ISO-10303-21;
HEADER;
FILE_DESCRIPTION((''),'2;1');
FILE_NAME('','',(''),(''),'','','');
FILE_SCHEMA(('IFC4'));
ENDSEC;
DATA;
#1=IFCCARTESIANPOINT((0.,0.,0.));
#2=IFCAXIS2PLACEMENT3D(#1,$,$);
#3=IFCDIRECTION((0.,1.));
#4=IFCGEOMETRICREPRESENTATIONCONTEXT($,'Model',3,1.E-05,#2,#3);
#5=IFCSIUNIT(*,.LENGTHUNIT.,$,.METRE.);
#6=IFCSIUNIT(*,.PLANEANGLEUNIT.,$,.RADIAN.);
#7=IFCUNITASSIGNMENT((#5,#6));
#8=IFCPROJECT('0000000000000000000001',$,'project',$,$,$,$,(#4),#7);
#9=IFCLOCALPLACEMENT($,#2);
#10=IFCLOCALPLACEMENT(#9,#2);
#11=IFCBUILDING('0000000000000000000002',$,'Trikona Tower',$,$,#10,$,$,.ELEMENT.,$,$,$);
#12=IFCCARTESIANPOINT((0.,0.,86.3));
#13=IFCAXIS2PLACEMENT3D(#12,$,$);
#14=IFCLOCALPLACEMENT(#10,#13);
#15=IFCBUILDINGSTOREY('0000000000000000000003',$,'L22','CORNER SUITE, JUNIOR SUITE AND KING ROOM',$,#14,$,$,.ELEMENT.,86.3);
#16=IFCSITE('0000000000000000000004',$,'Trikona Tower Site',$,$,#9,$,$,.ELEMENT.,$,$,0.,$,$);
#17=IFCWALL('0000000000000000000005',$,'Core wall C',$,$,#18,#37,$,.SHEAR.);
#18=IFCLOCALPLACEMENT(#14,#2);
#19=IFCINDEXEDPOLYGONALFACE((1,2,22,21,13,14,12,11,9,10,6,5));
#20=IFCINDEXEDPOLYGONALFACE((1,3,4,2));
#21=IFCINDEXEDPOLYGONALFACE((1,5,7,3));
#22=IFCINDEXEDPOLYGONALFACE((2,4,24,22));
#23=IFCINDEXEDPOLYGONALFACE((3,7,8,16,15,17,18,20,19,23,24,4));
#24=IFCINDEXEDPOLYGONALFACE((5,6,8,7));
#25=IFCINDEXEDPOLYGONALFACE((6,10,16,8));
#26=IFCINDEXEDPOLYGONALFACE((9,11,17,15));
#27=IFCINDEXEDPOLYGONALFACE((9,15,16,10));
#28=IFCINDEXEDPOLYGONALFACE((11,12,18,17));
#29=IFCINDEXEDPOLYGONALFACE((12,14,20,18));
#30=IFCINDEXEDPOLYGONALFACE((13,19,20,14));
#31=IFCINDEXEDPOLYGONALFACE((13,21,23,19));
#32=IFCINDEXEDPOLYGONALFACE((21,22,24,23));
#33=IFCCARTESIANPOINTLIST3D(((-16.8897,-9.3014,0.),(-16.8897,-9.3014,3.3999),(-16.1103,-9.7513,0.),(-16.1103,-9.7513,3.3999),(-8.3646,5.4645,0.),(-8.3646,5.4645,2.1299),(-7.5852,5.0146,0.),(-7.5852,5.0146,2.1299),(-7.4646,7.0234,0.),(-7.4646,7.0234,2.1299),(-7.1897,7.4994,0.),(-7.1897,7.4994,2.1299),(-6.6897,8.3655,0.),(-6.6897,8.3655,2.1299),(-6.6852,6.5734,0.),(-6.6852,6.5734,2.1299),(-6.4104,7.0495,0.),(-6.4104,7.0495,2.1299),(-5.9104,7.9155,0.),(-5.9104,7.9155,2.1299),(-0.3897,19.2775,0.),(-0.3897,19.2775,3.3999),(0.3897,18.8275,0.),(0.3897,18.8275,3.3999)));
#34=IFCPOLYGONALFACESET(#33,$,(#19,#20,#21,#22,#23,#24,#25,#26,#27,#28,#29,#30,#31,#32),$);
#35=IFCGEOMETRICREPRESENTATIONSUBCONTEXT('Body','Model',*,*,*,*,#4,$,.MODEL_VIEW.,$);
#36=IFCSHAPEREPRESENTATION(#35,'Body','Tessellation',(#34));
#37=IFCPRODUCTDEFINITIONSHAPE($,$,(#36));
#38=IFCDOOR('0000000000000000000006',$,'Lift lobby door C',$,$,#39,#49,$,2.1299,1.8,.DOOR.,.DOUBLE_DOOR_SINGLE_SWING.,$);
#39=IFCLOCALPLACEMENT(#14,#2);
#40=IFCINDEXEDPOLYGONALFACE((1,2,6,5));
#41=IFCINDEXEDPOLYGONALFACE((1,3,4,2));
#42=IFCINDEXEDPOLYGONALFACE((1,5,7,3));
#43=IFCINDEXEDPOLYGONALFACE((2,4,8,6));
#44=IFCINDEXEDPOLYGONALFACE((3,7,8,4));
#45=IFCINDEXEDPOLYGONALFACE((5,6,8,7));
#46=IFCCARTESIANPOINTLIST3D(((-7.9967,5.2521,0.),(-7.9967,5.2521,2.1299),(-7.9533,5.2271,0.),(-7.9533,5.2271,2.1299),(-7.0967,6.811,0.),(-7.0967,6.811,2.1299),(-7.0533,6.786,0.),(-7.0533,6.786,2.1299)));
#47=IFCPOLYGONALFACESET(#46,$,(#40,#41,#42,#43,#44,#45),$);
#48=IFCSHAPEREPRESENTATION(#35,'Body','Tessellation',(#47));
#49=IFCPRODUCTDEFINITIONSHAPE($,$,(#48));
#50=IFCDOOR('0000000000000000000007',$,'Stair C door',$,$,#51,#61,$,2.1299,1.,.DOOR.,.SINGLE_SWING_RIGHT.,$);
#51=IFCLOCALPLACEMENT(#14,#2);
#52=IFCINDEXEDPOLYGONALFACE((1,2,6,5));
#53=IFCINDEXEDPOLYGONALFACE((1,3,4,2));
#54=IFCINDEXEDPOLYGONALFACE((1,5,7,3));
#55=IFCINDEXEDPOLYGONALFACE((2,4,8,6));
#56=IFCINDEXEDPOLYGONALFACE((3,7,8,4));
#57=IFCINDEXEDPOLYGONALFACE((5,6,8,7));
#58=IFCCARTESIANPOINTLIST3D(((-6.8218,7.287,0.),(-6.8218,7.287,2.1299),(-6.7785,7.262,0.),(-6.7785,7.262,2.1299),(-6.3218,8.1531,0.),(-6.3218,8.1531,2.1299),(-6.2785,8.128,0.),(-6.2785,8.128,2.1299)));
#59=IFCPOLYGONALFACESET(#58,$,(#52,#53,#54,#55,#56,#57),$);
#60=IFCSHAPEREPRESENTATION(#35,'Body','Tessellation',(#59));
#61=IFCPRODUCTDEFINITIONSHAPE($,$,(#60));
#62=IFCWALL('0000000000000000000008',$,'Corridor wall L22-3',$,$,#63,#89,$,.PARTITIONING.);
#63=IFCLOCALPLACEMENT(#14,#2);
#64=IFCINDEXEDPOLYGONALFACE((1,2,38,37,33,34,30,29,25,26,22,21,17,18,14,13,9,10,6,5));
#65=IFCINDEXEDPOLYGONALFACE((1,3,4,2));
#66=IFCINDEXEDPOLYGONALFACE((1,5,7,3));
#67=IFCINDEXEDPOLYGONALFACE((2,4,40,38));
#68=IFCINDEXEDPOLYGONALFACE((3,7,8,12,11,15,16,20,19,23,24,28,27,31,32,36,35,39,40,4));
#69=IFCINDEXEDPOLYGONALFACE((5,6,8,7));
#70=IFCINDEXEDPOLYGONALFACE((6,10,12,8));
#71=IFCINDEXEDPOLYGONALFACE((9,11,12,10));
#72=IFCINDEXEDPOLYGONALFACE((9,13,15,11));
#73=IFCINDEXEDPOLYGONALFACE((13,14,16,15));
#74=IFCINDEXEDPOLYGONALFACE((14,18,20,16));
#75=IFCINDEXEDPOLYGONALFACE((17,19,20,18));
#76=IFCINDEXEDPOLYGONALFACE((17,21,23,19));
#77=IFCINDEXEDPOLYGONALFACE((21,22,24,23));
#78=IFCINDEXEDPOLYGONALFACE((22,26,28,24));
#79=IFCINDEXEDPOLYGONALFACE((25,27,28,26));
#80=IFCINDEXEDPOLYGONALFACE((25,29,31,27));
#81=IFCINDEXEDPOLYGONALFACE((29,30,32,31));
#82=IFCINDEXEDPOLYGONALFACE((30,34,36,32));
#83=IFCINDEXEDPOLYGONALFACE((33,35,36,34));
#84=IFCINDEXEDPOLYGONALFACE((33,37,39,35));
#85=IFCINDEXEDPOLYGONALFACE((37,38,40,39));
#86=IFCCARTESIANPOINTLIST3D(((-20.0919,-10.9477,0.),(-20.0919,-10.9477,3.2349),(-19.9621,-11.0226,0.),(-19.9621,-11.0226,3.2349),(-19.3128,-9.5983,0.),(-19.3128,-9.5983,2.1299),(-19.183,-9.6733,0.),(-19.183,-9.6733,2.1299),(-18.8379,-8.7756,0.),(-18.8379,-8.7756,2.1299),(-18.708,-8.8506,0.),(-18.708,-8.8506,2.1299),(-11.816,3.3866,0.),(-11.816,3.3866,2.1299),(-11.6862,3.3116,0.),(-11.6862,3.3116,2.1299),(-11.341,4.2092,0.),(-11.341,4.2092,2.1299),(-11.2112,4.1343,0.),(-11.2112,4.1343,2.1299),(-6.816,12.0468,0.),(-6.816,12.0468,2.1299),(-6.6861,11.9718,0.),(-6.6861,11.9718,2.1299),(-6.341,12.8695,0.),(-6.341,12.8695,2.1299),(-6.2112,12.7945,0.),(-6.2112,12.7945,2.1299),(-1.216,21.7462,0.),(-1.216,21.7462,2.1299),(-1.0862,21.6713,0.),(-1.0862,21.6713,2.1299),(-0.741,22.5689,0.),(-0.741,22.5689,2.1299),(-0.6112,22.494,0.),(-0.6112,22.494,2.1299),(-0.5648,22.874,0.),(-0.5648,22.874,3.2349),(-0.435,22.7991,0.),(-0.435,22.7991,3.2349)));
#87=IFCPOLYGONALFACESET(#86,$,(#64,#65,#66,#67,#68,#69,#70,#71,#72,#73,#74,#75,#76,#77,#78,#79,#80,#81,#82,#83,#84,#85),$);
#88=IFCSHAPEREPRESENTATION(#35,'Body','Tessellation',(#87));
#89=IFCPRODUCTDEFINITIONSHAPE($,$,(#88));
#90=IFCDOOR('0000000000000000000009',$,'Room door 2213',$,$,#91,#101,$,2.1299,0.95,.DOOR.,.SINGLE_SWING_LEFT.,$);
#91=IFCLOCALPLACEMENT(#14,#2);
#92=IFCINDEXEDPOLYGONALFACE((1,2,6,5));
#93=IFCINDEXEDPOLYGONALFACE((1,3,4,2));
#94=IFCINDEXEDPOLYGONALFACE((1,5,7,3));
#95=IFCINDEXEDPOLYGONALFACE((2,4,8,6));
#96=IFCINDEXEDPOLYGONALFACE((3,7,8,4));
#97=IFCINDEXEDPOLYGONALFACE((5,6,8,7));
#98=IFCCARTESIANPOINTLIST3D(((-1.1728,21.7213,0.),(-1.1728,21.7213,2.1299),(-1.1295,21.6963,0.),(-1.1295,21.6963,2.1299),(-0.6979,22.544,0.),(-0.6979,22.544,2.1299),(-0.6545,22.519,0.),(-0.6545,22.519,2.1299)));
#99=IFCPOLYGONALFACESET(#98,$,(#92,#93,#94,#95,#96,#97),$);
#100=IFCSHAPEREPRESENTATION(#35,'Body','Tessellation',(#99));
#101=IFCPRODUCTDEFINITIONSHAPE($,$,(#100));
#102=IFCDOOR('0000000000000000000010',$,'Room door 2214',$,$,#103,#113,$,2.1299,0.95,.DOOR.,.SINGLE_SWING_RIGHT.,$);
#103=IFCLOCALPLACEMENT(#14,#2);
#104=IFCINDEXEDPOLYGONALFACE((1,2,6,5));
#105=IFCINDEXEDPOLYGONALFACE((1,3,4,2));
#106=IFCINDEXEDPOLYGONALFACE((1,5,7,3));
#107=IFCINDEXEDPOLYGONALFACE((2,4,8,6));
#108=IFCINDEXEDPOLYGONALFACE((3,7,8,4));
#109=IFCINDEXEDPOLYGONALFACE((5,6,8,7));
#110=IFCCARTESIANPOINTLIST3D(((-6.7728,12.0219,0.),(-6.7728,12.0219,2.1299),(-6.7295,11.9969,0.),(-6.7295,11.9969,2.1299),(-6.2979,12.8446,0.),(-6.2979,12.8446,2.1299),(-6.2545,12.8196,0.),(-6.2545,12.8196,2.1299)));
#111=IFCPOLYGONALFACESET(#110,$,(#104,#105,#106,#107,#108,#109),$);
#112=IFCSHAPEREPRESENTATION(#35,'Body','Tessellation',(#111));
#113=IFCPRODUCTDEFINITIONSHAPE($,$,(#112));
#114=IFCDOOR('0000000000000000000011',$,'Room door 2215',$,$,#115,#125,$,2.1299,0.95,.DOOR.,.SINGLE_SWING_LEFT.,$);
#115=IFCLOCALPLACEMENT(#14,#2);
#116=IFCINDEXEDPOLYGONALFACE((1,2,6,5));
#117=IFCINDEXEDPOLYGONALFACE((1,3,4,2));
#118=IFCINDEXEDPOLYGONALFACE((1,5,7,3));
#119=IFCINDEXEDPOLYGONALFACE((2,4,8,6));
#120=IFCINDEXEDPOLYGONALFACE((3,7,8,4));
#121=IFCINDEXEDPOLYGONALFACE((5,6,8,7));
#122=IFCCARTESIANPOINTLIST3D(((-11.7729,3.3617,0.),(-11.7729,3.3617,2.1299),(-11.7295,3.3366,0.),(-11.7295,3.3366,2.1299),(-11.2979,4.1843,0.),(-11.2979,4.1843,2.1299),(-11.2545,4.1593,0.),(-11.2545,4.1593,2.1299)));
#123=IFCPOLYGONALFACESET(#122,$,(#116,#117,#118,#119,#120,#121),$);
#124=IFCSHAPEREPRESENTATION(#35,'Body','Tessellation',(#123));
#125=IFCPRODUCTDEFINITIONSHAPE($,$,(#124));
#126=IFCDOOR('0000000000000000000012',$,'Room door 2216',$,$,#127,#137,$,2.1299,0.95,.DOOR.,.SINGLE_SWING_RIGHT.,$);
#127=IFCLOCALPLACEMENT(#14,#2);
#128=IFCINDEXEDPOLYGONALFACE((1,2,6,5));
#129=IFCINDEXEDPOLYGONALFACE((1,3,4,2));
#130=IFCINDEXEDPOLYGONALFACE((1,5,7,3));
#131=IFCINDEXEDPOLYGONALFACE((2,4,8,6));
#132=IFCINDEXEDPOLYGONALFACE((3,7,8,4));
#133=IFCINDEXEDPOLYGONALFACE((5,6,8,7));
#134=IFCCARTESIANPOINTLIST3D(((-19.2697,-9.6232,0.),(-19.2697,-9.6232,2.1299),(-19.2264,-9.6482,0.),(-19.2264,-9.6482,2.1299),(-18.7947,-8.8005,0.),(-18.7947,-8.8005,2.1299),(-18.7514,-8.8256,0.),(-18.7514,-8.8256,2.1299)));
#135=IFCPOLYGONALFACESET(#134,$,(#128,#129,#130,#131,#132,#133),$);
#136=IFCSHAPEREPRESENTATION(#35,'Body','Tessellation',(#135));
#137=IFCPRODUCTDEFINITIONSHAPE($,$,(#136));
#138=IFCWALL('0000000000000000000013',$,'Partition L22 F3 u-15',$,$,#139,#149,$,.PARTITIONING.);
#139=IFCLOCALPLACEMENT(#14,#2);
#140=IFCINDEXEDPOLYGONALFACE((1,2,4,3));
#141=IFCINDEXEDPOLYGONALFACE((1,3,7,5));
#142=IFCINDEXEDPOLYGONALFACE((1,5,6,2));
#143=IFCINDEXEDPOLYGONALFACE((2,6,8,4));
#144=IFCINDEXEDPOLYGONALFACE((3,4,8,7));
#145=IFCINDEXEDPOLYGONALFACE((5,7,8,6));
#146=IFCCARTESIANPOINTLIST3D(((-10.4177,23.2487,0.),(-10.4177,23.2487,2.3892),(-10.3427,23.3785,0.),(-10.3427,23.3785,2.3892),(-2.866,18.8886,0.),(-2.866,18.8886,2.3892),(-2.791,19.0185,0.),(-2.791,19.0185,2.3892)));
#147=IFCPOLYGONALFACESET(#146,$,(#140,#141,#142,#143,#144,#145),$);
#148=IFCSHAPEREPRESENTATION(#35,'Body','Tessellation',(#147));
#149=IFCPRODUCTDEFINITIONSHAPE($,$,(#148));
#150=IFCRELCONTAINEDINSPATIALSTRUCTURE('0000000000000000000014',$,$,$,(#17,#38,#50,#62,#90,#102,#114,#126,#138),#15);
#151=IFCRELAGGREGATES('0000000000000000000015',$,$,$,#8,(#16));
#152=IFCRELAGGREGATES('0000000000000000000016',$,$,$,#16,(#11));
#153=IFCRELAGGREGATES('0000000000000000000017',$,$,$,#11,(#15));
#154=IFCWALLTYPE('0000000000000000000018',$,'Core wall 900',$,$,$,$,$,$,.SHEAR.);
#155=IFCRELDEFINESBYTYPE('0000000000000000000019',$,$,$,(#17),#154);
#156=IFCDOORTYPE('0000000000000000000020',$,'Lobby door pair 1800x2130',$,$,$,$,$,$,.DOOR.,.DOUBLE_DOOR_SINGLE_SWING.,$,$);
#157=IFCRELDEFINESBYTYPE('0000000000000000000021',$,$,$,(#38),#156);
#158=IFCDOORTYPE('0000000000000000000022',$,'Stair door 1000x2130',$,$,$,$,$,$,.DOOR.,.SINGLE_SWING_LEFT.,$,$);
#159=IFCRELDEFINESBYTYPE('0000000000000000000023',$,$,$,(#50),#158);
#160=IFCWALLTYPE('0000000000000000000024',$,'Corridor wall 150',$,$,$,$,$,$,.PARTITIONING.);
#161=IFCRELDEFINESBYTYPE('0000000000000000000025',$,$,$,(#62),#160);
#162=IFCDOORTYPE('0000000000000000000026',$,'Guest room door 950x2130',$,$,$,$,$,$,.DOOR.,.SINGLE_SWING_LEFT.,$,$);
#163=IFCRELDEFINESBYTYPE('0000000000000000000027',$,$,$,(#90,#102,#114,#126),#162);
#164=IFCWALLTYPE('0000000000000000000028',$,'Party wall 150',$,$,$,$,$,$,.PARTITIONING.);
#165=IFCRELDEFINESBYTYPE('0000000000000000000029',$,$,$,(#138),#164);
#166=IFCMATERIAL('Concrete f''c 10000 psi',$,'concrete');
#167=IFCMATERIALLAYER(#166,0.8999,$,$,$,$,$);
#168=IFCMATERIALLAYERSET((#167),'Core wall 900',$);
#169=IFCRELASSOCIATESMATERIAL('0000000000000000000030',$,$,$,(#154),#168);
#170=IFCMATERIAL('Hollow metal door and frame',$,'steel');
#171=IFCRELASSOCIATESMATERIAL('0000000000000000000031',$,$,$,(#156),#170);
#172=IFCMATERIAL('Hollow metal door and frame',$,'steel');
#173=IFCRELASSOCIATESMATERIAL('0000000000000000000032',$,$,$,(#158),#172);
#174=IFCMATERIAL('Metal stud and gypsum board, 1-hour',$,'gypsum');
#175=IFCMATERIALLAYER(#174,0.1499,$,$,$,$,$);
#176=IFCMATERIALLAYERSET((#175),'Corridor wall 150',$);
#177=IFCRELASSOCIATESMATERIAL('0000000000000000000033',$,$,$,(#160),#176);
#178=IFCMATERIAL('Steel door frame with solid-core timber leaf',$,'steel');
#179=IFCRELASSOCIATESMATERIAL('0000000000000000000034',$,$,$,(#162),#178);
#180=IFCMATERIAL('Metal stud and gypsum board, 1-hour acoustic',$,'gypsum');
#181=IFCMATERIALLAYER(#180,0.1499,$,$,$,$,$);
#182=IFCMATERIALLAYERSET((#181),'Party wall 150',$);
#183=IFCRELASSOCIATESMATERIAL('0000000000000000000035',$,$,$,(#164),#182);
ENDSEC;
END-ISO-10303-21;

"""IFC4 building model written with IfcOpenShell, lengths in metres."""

from ifc_helpers import new_model, si_unit, direction, frame, frame_2d, origin, place, context, subcontext, project, spatial, rectangle, extrude, material, layer, layer_set, type_object, element, fill, save


model = new_model("IFC4")

# Units and contexts
model_context = context("Model", 3, precision=1e-05, world=origin(), true_north=direction((0.0, 1.0)))
body_context = subcontext(model_context, "Body", "Model", "MODEL_VIEW")
ifc_project = project(units=[si_unit("LENGTHUNIT", "METRE"), si_unit("PLANEANGLEUNIT", "RADIAN")], contexts=[model_context])

# Site, building, storey
site_placement = place(None, origin())
site = spatial("IfcSite", under=ifc_project, at=site_placement, Name="Trikona Tower Site", CompositionType="ELEMENT", RefElevation=0.0)
building_placement = place(site_placement, origin())
building = spatial("IfcBuilding", under=site, at=building_placement, Name="Trikona Tower", CompositionType="ELEMENT")
storey_placement = place(building_placement, frame((0.0, 0.0, 86.3)))
storey = spatial("IfcBuildingStorey", under=building, at=storey_placement, Name="L22", Description="CORNER SUITE, JUNIOR SUITE AND KING ROOM", CompositionType="ELEMENT", Elevation=86.3)

# Walls, openings, doors
ifc_material_1 = material(Name="Concrete f'c 10000 psi", Category="concrete")
ifc_layer_1 = layer(ifc_material_1, 0.8999)
ifc_layer_set_1 = layer_set([ifc_layer_1], Name="Core wall 900")
wall_type_1 = type_object("IfcWallType", Name="Core wall 900", PredefinedType="SHEAR", material=ifc_layer_set_1)
wall_1_placement = place(storey_placement, frame((0.0, 19.0525, 0.0), z_axis=(0.0, 0.0, 1.0), x_axis=(-0.5, -0.866026, 0.0)))
wall_1 = element("IfcWall", 1, at=wall_1_placement, inside=storey, type_object=wall_type_1, Name="Core wall C", PredefinedType="SHEAR", context=body_context, shape_type="SweptSolid", body=[
    extrude(rectangle(XDim=33.0, YDim=0.8999, at=frame_2d((16.5, 0.0))), origin(), (0.0, 0.0, 1.0), 3.3999),
])
opening_1_placement = place(wall_1_placement, frame((14.1499, 0.0, 0.0)))
opening_1 = element("IfcOpeningElement", 2, at=opening_1_placement, cuts=wall_1, PredefinedType="OPENING", context=body_context, shape_type="SweptSolid", body=[
    extrude(rectangle(XDim=1.8, YDim=2.1299, at=frame_2d((0.8999, 1.0649))), frame((0.0, 0.46, 0.0), z_axis=(0.0, -1.0, 0.0), x_axis=(1.0, 0.0, 0.0)), (0.0, 0.0, 1.0), 0.9199),
])
opening_2_placement = place(wall_1_placement, frame((12.6001, 0.0, 0.0)))
opening_2 = element("IfcOpeningElement", 3, at=opening_2_placement, cuts=wall_1, PredefinedType="OPENING", context=body_context, shape_type="SweptSolid", body=[
    extrude(rectangle(XDim=1.0, YDim=2.1299, at=frame_2d((0.5, 1.0649))), frame((0.0, 0.46, 0.0), z_axis=(0.0, -1.0, 0.0), x_axis=(1.0, 0.0, 0.0)), (0.0, 0.0, 1.0), 0.9199),
])
ifc_material_2 = material(Name="Hollow metal door and frame", Category="steel")
door_type_1 = type_object("IfcDoorType", Name="Lobby door pair 1800x2130", OperationType="DOUBLE_DOOR_SINGLE_SWING", PredefinedType="DOOR", material=ifc_material_2)
door_1_placement = place(opening_1_placement, origin())
door_1 = element("IfcDoor", 4, at=door_1_placement, inside=storey, type_object=door_type_1, Name="Lift lobby door C", OperationType="DOUBLE_DOOR_SINGLE_SWING", OverallHeight=2.1299, OverallWidth=1.8, PredefinedType="DOOR", context=body_context, shape_type="SweptSolid", body=[
    extrude(rectangle(XDim=1.8, YDim=2.1299, at=frame_2d((0.8999, 1.0649))), frame((0.0, 0.0249, 0.0), z_axis=(0.0, -1.0, 0.0), x_axis=(1.0, 0.0, 0.0)), (0.0, 0.0, 1.0), 0.05),
])
fill(opening_1, door_1)
ifc_material_3 = material(Name="Hollow metal door and frame", Category="steel")
door_type_2 = type_object("IfcDoorType", Name="Stair door 1000x2130", OperationType="SINGLE_SWING_LEFT", PredefinedType="DOOR", material=ifc_material_3)
door_2_placement = place(opening_2_placement, origin())
door_2 = element("IfcDoor", 5, at=door_2_placement, inside=storey, type_object=door_type_2, Name="Stair C door", OperationType="SINGLE_SWING_RIGHT", OverallHeight=2.1299, OverallWidth=1.0, PredefinedType="DOOR", context=body_context, shape_type="SweptSolid", body=[
    extrude(rectangle(XDim=1.0, YDim=2.1299, at=frame_2d((0.5, 1.0649))), frame((0.0, 0.0249, 0.0), z_axis=(0.0, -1.0, 0.0), x_axis=(1.0, 0.0, 0.0)), (0.0, 0.0, 1.0), 0.05),
])
fill(opening_2, door_2)
ifc_material_4 = material(Name="Metal stud and gypsum board, 1-hour", Category="gypsum")
ifc_layer_2 = layer(ifc_material_4, 0.1499)
ifc_layer_set_2 = layer_set([ifc_layer_2], Name="Corridor wall 150")
wall_type_2 = type_object("IfcWallType", Name="Corridor wall 150", PredefinedType="PARTITIONING", material=ifc_layer_set_2)
wall_2_placement = place(storey_placement, frame((-0.5, 22.8364, 0.0), z_axis=(0.0, 0.0, 1.0), x_axis=(-0.500002, -0.866024, 0.0)))
wall_2 = element("IfcWall", 6, at=wall_2_placement, inside=storey, type_object=wall_type_2, Name="Corridor wall L22-3", PredefinedType="PARTITIONING", context=body_context, shape_type="SweptSolid", body=[
    extrude(rectangle(XDim=39.054, YDim=0.1499, at=frame_2d((19.5269, 0.0))), origin(), (0.0, 0.0, 1.0), 3.2349),
])
opening_3_placement = place(wall_2_placement, frame((0.3521, 0.0, 0.0)))
opening_3 = element("IfcOpeningElement", 7, at=opening_3_placement, cuts=wall_2, PredefinedType="OPENING", context=body_context, shape_type="SweptSolid", body=[
    extrude(rectangle(XDim=0.95, YDim=2.1299, at=frame_2d((0.4751, 1.0649))), frame((0.0, 0.085, 0.0), z_axis=(0.0, -1.0, 0.0), x_axis=(1.0, 0.0, 0.0)), (0.0, 0.0, 1.0), 0.1699),
])
opening_4_placement = place(wall_2_placement, frame((11.552, 0.0, 0.0)))
opening_4 = element("IfcOpeningElement", 8, at=opening_4_placement, cuts=wall_2, PredefinedType="OPENING", context=body_context, shape_type="SweptSolid", body=[
    extrude(rectangle(XDim=0.95, YDim=2.1299, at=frame_2d((0.4751, 1.0649))), frame((0.0, 0.085, 0.0), z_axis=(0.0, -1.0, 0.0), x_axis=(1.0, 0.0, 0.0)), (0.0, 0.0, 1.0), 0.1699),
])
opening_5_placement = place(wall_2_placement, frame((21.552, 0.0, 0.0)))
opening_5 = element("IfcOpeningElement", 9, at=opening_5_placement, cuts=wall_2, PredefinedType="OPENING", context=body_context, shape_type="SweptSolid", body=[
    extrude(rectangle(XDim=0.95, YDim=2.1299, at=frame_2d((0.4751, 1.0649))), frame((0.0, 0.085, 0.0), z_axis=(0.0, -1.0, 0.0), x_axis=(1.0, 0.0, 0.0)), (0.0, 0.0, 1.0), 0.1699),
])
opening_6_placement = place(wall_2_placement, frame((36.5457, 0.0, 0.0)))
opening_6 = element("IfcOpeningElement", 10, at=opening_6_placement, cuts=wall_2, PredefinedType="OPENING", context=body_context, shape_type="SweptSolid", body=[
    extrude(rectangle(XDim=0.95, YDim=2.1299, at=frame_2d((0.4751, 1.0649))), frame((0.0, 0.085, 0.0), z_axis=(0.0, -1.0, 0.0), x_axis=(1.0, 0.0, 0.0)), (0.0, 0.0, 1.0), 0.1699),
])
ifc_material_5 = material(Name="Steel door frame with solid-core timber leaf", Category="steel")
door_type_3 = type_object("IfcDoorType", Name="Guest room door 950x2130", OperationType="SINGLE_SWING_LEFT", PredefinedType="DOOR", material=ifc_material_5)
door_3_placement = place(opening_3_placement, origin())
door_3 = element("IfcDoor", 11, at=door_3_placement, inside=storey, type_object=door_type_3, Name="Room door 2213", OperationType="SINGLE_SWING_LEFT", OverallHeight=2.1299, OverallWidth=0.95, PredefinedType="DOOR", context=body_context, shape_type="SweptSolid", body=[
    extrude(rectangle(XDim=0.95, YDim=2.1299, at=frame_2d((0.4751, 1.0649))), frame((0.0, 0.0249, 0.0), z_axis=(0.0, -1.0, 0.0), x_axis=(1.0, 0.0, 0.0)), (0.0, 0.0, 1.0), 0.05),
])
fill(opening_3, door_3)
door_4_placement = place(opening_4_placement, origin())
door_4 = element("IfcDoor", 12, at=door_4_placement, inside=storey, type_object=door_type_3, Name="Room door 2214", OperationType="SINGLE_SWING_RIGHT", OverallHeight=2.1299, OverallWidth=0.95, PredefinedType="DOOR", context=body_context, shape_type="SweptSolid", body=[
    extrude(rectangle(XDim=0.95, YDim=2.1299, at=frame_2d((0.4751, 1.0649))), frame((0.0, 0.0249, 0.0), z_axis=(0.0, -1.0, 0.0), x_axis=(1.0, 0.0, 0.0)), (0.0, 0.0, 1.0), 0.05),
])
fill(opening_4, door_4)
door_5_placement = place(opening_5_placement, origin())
door_5 = element("IfcDoor", 13, at=door_5_placement, inside=storey, type_object=door_type_3, Name="Room door 2215", OperationType="SINGLE_SWING_LEFT", OverallHeight=2.1299, OverallWidth=0.95, PredefinedType="DOOR", context=body_context, shape_type="SweptSolid", body=[
    extrude(rectangle(XDim=0.95, YDim=2.1299, at=frame_2d((0.4751, 1.0649))), frame((0.0, 0.0249, 0.0), z_axis=(0.0, -1.0, 0.0), x_axis=(1.0, 0.0, 0.0)), (0.0, 0.0, 1.0), 0.05),
])
fill(opening_5, door_5)
door_6_placement = place(opening_6_placement, origin())
door_6 = element("IfcDoor", 14, at=door_6_placement, inside=storey, type_object=door_type_3, Name="Room door 2216", OperationType="SINGLE_SWING_RIGHT", OverallHeight=2.1299, OverallWidth=0.95, PredefinedType="DOOR", context=body_context, shape_type="SweptSolid", body=[
    extrude(rectangle(XDim=0.95, YDim=2.1299, at=frame_2d((0.4751, 1.0649))), frame((0.0, 0.0249, 0.0), z_axis=(0.0, -1.0, 0.0), x_axis=(1.0, 0.0, 0.0)), (0.0, 0.0, 1.0), 0.05),
])
fill(opening_6, door_6)

# Wall
ifc_material_6 = material(Name="Metal stud and gypsum board, 1-hour acoustic", Category="gypsum")
ifc_layer_3 = layer(ifc_material_6, 0.1499)
ifc_layer_set_3 = layer_set([ifc_layer_3], Name="Party wall 150")
wall_type_3 = type_object("IfcWallType", Name="Party wall 150", PredefinedType="PARTITIONING", material=ifc_layer_set_3)
wall_3_placement = place(storey_placement, frame((-2.8286, 18.9536, 0.0), z_axis=(0.0, 0.0, 1.0), x_axis=(-0.866021, 0.500008, 0.0)))
element("IfcWall", 15, at=wall_3_placement, inside=storey, type_object=wall_type_3, Name="Partition L22 F3 u-15", PredefinedType="PARTITIONING", context=body_context, shape_type="SweptSolid", body=[
    extrude(rectangle(XDim=8.72, YDim=0.1499, at=frame_2d((4.3599, 0.0))), origin(), (0.0, 0.0, 1.0), 2.3892),
])

save(model, "model.ifc")
